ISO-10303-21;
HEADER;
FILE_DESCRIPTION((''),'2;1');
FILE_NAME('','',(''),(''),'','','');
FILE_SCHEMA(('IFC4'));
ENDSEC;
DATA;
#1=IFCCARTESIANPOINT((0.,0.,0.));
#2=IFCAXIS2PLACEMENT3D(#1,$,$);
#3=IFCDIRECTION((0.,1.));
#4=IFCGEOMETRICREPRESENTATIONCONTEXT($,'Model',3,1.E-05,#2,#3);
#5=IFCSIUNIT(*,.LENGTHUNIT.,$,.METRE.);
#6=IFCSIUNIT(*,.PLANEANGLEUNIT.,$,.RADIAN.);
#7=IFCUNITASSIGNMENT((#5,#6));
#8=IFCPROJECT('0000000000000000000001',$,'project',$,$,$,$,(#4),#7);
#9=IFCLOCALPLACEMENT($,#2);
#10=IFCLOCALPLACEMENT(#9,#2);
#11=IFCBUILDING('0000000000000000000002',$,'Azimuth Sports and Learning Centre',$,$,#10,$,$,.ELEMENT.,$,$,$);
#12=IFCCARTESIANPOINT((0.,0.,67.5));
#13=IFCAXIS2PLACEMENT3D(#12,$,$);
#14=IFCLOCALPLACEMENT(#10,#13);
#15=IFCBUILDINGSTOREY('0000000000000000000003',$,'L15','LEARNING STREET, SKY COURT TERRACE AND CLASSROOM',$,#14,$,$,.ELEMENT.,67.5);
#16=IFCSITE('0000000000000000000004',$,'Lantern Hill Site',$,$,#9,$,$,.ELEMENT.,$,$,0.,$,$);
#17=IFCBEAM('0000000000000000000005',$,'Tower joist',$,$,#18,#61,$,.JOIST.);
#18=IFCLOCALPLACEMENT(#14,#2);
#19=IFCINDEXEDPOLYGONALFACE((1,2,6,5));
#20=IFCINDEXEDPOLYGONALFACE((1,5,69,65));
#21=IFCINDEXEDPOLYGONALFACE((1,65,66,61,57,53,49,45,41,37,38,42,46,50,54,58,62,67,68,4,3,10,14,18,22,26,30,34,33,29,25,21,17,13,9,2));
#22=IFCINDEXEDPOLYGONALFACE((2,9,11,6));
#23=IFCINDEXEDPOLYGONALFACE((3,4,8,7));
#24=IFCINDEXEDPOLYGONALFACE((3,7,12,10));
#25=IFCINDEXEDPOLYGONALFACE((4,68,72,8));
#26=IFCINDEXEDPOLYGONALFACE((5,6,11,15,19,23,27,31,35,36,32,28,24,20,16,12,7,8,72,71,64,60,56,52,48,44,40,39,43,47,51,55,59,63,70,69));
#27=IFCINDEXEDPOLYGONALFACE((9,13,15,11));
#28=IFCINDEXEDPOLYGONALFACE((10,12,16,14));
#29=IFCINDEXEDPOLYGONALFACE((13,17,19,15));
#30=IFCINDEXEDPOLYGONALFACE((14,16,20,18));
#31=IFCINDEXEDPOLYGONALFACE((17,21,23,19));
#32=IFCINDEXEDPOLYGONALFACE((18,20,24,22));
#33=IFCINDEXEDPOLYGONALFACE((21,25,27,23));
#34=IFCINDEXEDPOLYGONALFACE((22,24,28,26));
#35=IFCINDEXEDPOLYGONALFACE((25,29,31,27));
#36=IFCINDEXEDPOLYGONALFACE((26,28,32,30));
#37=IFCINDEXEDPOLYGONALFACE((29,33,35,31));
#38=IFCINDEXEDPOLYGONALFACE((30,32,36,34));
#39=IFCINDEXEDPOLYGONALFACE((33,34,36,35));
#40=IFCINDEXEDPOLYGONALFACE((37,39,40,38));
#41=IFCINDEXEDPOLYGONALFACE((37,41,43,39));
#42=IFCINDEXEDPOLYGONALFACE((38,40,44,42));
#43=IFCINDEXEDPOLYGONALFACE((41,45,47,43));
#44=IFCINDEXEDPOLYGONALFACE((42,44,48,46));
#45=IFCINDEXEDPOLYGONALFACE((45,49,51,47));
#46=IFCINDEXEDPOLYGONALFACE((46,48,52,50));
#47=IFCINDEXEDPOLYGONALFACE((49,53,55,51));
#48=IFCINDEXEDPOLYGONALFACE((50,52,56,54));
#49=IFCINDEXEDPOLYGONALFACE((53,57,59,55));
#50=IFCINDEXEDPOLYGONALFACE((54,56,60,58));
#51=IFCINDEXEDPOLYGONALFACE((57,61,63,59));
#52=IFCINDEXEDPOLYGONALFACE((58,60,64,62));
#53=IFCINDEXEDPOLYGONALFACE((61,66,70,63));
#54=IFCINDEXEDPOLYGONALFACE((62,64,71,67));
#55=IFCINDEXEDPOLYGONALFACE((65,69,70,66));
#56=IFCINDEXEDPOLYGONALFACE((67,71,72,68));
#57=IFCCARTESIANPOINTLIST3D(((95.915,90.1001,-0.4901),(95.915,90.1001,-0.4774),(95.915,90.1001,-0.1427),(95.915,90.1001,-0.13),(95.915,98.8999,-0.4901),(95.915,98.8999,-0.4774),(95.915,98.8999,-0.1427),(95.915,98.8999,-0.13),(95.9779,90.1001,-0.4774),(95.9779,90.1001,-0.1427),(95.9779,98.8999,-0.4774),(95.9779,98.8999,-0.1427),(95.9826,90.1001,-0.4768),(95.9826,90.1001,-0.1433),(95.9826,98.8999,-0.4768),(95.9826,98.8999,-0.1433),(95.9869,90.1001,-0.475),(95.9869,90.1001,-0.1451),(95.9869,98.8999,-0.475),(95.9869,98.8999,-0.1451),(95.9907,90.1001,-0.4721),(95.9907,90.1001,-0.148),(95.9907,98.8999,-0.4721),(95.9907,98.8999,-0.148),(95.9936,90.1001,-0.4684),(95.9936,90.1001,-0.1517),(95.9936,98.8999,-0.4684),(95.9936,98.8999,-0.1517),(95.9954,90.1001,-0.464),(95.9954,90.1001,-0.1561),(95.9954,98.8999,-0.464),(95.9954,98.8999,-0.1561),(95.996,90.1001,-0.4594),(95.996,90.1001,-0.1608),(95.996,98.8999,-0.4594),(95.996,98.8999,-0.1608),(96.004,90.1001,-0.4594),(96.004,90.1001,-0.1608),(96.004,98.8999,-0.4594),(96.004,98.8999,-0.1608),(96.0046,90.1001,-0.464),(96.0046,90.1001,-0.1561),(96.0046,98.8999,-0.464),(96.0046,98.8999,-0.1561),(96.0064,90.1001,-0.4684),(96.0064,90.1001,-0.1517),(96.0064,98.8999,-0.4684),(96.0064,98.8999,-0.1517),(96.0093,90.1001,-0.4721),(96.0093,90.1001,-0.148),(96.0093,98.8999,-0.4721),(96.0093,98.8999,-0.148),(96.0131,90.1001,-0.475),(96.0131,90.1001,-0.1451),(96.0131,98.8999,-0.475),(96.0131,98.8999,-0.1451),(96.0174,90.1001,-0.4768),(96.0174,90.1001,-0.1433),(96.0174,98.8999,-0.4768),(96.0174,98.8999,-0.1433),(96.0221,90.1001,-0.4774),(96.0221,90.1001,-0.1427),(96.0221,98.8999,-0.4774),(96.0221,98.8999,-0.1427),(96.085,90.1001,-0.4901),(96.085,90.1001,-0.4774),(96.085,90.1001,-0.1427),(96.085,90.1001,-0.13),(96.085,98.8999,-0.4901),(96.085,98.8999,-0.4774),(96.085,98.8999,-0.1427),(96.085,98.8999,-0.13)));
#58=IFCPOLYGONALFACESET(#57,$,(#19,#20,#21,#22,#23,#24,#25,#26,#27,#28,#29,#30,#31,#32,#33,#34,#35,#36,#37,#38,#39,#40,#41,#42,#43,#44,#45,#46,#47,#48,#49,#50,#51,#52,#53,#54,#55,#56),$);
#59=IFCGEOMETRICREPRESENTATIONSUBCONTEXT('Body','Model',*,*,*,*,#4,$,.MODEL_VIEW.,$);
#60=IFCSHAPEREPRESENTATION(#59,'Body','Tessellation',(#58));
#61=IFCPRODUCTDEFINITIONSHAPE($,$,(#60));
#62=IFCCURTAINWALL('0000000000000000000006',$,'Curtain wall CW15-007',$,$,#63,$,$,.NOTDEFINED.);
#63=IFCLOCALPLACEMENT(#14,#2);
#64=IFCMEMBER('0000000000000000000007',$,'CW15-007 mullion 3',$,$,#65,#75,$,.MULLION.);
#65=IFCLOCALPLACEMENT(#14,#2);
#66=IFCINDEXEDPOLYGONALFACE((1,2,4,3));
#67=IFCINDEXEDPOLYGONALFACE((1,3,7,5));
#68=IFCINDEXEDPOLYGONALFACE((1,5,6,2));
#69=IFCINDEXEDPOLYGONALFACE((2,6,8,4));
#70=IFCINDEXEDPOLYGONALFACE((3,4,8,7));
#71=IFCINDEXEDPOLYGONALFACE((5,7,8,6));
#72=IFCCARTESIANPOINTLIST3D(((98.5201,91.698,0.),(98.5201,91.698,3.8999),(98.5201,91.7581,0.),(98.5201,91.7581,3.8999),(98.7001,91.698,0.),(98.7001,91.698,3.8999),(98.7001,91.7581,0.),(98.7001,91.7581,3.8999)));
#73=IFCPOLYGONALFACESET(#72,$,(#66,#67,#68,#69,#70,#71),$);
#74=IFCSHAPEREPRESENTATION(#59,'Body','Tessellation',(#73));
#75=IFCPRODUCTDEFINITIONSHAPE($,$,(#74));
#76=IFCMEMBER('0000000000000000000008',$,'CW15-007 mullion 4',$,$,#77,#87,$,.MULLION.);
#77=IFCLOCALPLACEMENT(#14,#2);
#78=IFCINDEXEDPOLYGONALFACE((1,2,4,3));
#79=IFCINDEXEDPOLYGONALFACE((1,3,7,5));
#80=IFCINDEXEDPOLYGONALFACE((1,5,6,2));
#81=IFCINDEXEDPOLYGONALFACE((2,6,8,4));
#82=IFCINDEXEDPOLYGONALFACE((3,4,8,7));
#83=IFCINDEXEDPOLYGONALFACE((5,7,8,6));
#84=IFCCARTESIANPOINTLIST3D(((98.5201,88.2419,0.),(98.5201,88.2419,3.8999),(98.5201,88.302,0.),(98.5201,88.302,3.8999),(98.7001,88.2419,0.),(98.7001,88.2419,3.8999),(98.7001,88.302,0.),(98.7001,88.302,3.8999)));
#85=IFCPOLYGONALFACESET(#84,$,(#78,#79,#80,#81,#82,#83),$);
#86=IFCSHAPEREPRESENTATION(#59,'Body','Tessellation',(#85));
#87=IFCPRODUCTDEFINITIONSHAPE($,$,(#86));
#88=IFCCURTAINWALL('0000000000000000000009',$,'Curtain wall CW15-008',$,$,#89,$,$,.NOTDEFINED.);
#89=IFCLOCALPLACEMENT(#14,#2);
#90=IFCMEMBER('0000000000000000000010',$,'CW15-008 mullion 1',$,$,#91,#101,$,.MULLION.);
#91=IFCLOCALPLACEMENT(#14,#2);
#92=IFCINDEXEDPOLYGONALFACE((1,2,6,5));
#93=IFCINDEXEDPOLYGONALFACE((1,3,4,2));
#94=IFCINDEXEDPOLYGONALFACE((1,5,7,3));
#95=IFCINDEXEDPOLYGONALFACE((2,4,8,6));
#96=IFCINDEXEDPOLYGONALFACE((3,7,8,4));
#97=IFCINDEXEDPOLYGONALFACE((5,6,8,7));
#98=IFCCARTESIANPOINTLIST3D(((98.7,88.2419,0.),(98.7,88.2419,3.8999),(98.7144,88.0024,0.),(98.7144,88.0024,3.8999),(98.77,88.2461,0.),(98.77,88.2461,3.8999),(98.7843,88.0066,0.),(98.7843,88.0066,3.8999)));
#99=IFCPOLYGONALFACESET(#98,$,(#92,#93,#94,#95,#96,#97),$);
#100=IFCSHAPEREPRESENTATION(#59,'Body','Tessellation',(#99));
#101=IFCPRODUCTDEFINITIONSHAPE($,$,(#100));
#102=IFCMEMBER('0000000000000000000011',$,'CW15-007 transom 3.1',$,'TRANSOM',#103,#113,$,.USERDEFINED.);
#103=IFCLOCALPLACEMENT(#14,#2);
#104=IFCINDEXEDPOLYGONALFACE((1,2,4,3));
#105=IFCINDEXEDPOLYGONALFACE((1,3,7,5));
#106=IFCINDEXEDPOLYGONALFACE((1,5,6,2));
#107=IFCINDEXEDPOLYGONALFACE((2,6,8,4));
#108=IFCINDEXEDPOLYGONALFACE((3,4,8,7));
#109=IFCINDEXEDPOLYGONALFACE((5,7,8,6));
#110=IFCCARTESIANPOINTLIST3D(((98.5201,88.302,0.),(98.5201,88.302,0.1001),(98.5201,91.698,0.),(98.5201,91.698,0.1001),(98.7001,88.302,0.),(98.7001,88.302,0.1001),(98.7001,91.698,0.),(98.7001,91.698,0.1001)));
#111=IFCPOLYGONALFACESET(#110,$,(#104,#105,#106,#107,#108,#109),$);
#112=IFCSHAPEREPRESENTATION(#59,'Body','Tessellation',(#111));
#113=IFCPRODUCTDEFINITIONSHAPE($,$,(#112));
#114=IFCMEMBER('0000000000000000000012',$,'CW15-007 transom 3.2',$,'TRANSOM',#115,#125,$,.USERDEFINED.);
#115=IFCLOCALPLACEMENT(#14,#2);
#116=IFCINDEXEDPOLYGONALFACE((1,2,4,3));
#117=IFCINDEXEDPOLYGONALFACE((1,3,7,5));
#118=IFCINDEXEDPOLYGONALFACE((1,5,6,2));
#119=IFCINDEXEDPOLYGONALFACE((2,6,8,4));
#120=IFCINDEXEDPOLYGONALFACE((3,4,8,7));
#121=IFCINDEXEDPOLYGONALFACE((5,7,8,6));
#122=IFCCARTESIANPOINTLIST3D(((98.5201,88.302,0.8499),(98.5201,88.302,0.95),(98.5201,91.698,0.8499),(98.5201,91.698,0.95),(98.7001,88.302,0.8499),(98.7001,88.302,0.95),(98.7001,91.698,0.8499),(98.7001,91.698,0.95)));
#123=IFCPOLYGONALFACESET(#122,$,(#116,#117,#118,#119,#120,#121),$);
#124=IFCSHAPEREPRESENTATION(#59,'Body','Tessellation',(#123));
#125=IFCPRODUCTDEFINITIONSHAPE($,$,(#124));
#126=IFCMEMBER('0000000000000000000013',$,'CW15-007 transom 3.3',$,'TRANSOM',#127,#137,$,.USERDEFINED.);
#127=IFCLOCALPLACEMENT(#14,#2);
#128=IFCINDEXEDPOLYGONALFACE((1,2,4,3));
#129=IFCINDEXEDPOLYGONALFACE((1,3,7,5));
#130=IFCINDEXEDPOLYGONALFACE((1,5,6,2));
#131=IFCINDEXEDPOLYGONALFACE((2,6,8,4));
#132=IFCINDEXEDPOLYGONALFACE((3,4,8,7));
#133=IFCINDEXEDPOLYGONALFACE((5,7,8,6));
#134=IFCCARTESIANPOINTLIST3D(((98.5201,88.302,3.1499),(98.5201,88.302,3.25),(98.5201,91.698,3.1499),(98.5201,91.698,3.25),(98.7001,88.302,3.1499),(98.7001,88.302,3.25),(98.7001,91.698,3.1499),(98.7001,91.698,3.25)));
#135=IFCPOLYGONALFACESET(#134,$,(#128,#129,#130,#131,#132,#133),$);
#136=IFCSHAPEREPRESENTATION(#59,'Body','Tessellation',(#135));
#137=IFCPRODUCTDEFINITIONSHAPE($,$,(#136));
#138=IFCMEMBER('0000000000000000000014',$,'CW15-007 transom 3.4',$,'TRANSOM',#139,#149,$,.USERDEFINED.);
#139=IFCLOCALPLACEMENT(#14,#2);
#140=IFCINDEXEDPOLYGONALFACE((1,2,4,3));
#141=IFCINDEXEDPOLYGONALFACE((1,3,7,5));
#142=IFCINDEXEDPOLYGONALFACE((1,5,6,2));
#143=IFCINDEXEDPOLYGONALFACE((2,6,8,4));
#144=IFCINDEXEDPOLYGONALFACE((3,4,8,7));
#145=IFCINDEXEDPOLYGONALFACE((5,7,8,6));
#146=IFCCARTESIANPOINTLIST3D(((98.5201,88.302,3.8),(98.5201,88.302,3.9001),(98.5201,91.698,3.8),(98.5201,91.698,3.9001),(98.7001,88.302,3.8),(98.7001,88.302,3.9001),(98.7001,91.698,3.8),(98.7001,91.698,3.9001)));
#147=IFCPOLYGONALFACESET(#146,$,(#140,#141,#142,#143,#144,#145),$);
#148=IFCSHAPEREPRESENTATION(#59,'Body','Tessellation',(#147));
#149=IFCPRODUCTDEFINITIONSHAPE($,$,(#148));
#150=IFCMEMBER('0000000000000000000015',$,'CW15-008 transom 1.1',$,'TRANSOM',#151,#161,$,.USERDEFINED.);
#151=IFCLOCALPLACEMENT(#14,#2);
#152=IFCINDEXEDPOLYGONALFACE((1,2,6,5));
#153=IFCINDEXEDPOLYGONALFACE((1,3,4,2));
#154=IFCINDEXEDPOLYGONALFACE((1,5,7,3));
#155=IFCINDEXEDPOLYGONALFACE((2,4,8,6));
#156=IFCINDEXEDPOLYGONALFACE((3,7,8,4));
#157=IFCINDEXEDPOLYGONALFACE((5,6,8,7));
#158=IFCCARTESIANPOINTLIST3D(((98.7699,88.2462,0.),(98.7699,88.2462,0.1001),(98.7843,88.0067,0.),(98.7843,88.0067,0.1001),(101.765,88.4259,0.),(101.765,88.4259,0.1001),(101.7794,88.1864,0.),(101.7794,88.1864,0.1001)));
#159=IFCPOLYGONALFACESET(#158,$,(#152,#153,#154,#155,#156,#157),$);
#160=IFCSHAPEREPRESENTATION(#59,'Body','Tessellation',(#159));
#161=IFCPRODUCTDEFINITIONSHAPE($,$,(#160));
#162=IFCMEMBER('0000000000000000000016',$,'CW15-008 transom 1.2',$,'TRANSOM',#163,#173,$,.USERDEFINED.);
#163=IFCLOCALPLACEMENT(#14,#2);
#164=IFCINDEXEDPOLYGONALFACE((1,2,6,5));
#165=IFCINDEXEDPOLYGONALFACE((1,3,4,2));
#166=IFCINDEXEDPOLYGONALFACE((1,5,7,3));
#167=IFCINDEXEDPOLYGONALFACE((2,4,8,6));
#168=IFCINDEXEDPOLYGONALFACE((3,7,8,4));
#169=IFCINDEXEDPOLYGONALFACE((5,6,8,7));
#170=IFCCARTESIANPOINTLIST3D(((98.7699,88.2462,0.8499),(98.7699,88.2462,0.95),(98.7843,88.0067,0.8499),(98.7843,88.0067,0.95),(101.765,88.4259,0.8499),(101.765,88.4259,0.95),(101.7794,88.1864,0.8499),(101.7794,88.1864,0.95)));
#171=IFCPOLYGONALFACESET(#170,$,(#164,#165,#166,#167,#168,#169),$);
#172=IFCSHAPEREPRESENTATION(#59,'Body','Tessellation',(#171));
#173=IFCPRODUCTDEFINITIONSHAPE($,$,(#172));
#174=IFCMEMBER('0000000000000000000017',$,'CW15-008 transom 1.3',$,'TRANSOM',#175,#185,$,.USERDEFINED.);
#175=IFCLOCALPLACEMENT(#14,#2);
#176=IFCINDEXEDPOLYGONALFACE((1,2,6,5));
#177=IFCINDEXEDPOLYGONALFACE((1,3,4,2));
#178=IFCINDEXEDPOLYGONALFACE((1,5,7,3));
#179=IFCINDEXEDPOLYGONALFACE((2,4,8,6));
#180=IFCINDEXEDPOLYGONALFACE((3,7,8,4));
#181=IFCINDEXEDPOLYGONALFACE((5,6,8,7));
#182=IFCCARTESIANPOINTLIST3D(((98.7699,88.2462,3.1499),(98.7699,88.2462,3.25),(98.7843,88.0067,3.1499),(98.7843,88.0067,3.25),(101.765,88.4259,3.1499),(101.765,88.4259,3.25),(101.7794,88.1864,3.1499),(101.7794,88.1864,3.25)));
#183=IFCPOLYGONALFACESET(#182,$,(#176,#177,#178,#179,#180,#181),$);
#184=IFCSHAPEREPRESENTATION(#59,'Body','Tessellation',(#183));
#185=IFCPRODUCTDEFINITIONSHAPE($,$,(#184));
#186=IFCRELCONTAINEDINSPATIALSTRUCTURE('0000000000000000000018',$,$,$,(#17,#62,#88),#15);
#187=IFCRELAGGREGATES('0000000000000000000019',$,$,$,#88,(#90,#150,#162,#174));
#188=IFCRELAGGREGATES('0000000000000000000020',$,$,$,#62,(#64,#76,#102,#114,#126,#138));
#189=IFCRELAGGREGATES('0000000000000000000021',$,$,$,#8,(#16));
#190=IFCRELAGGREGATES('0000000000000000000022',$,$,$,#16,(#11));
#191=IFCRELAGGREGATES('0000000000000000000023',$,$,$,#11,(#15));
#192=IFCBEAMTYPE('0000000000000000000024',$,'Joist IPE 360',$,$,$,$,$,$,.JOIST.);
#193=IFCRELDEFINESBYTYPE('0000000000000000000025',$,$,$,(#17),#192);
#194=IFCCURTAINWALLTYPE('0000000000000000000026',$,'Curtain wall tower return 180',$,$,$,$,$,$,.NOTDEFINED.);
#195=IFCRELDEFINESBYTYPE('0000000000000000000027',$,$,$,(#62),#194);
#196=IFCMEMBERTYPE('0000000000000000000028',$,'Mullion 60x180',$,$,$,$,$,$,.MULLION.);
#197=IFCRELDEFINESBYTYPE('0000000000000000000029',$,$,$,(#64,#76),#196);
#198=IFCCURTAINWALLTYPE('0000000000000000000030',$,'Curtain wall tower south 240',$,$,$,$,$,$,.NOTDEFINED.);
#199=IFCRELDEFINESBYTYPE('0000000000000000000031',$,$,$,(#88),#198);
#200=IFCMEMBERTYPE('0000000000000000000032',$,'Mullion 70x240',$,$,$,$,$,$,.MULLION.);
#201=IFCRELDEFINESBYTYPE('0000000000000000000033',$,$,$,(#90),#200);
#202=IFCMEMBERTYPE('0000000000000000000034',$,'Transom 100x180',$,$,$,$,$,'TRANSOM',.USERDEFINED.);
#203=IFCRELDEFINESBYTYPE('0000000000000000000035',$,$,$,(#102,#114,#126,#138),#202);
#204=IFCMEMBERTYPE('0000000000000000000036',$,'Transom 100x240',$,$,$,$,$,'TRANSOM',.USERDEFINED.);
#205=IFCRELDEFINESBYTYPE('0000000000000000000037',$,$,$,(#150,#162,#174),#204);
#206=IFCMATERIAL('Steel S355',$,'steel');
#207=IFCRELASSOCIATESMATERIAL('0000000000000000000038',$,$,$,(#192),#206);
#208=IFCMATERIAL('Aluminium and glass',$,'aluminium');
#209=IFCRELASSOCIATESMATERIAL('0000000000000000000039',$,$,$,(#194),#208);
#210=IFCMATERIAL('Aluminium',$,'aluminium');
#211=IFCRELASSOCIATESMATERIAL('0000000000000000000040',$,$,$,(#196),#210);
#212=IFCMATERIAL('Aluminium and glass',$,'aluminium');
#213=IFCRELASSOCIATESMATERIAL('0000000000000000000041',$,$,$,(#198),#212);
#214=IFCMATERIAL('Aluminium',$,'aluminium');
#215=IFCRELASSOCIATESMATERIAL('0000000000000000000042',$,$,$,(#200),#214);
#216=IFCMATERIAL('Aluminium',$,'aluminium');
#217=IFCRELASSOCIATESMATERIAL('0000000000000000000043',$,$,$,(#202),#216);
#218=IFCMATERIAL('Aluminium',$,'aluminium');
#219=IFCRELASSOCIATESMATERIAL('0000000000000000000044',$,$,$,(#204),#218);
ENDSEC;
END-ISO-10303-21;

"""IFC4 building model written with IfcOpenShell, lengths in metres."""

from ifc_helpers import new_model, si_unit, direction, frame, origin, origin_2d, place, context, subcontext, project, spatial, rectangle, i_section, extrude, material, material_profile, profile_set, type_object, element, aggregate, save


model = new_model("IFC4")

# Units and contexts
model_context = context("Model", 3, precision=1e-05, world=origin(), true_north=direction((0.0, 1.0)))
body_context = subcontext(model_context, "Body", "Model", "MODEL_VIEW")
ifc_project = project(units=[si_unit("LENGTHUNIT", "METRE"), si_unit("PLANEANGLEUNIT", "RADIAN")], contexts=[model_context])

# Site, building, storey
site_placement = place(None, origin())
site = spatial("IfcSite", under=ifc_project, at=site_placement, Name="Lantern Hill Site", CompositionType="ELEMENT", RefElevation=0.0)
building_placement = place(site_placement, origin())
building = spatial("IfcBuilding", under=site, at=building_placement, Name="Azimuth Sports and Learning Centre", CompositionType="ELEMENT")
storey_placement = place(building_placement, frame((0.0, 0.0, 67.5)))
storey = spatial("IfcBuildingStorey", under=building, at=storey_placement, Name="L15", Description="LEARNING STREET, SKY COURT TERRACE AND CLASSROOM", CompositionType="ELEMENT", Elevation=67.5)

# Beam
ifc_material_1 = material(Name="Steel S355", Category="steel")
ifc_material_profile_1 = material_profile(ifc_material_1, i_section(OverallWidth=0.1699, OverallDepth=0.3601, WebThickness=0.0081, FlangeThickness=0.0127, FilletRadius=0.0181, at=origin_2d()), Name="IPE 360")
ifc_profile_set_1 = profile_set([ifc_material_profile_1], Name="Steel S355")
beam_type_1 = type_object("IfcBeamType", Name="Joist IPE 360", PredefinedType="JOIST", material=ifc_profile_set_1)
for number, where, z_axis, x_axis, name in (
    (1, (96.0, 90.1001, -0.3101), (0.0, 1.0, 0.0), (-1.0, 0.0, 0.0), "Tower joist"),
):
    element("IfcBeam", number, at=place(storey_placement, frame(where, z_axis=z_axis, x_axis=x_axis)), inside=storey, type_object=beam_type_1, Name=name, PredefinedType="JOIST", context=body_context, shape_type="SweptSolid", body=[
        extrude(i_section(OverallWidth=0.1699, OverallDepth=0.3601, WebThickness=0.0081, FlangeThickness=0.0127, FilletRadius=0.0181, at=origin_2d()), origin(), (0.0, 0.0, 1.0), 8.7998),
    ])

# Curtain wall, members
ifc_material_2 = material(Name="Aluminium and glass", Category="aluminium")
curtain_wall_type_1 = type_object("IfcCurtainWallType", Name="Curtain wall tower return 180", PredefinedType="NOTDEFINED", material=ifc_material_2)
curtain_wall_1_placement = place(storey_placement, origin())
curtain_wall_1 = element("IfcCurtainWall", 2, at=curtain_wall_1_placement, inside=storey, type_object=curtain_wall_type_1, Name="Curtain wall CW15-007", PredefinedType="NOTDEFINED")
ifc_material_3 = material(Name="Aluminium", Category="aluminium")
ifc_material_profile_2 = material_profile(ifc_material_3, rectangle(XDim=0.1799, YDim=0.0601, at=origin_2d()), Name="Mullion 60x180")
ifc_profile_set_2 = profile_set([ifc_material_profile_2], Name="Aluminium")
member_type_1 = type_object("IfcMemberType", Name="Mullion 60x180", PredefinedType="MULLION", material=ifc_profile_set_2)
member_1_placement = place(storey_placement, frame((98.6101, 91.728, 0.0), z_axis=(0.0, 0.0, 1.0), x_axis=(1.0, 0.0, 0.0)))
member_1 = element("IfcMember", 3, at=member_1_placement, type_object=member_type_1, Name="CW15-007 mullion 3", PredefinedType="MULLION", context=body_context, shape_type="SweptSolid", body=[
    extrude(rectangle(XDim=0.1799, YDim=0.0601, at=origin_2d()), origin(), (0.0, 0.0, 1.0), 3.8999),
])
member_2_placement = place(storey_placement, frame((98.6101, 88.272, 0.0), z_axis=(0.0, 0.0, 1.0), x_axis=(1.0, 0.0, 0.0)))
member_2 = element("IfcMember", 4, at=member_2_placement, type_object=member_type_1, Name="CW15-007 mullion 4", PredefinedType="MULLION", context=body_context, shape_type="SweptSolid", body=[
    extrude(rectangle(XDim=0.1799, YDim=0.0601, at=origin_2d()), origin(), (0.0, 0.0, 1.0), 3.8999),
])

# Curtain wall, member
ifc_material_4 = material(Name="Aluminium and glass", Category="aluminium")
curtain_wall_type_2 = type_object("IfcCurtainWallType", Name="Curtain wall tower south 240", PredefinedType="NOTDEFINED", material=ifc_material_4)
curtain_wall_2_placement = place(storey_placement, origin())
curtain_wall_2 = element("IfcCurtainWall", 5, at=curtain_wall_2_placement, inside=storey, type_object=curtain_wall_type_2, Name="Curtain wall CW15-008", PredefinedType="NOTDEFINED")
ifc_material_5 = material(Name="Aluminium", Category="aluminium")
ifc_material_profile_3 = material_profile(ifc_material_5, rectangle(XDim=0.24, YDim=0.0701, at=origin_2d()), Name="Mullion 70x240")
ifc_profile_set_3 = profile_set([ifc_material_profile_3], Name="Aluminium")
member_type_2 = type_object("IfcMemberType", Name="Mullion 70x240", PredefinedType="MULLION", material=ifc_profile_set_3)
member_3_placement = place(storey_placement, frame((98.7422, 88.1243, 0.0), z_axis=(0.0, 0.0, 1.0), x_axis=(-0.059892, 0.998205, 0.0)))
member_3 = element("IfcMember", 6, at=member_3_placement, type_object=member_type_2, Name="CW15-008 mullion 1", PredefinedType="MULLION", context=body_context, shape_type="SweptSolid", body=[
    extrude(rectangle(XDim=0.24, YDim=0.0701, at=origin_2d()), origin(), (0.0, 0.0, 1.0), 3.8999),
])

# Members
ifc_material_6 = material(Name="Aluminium", Category="aluminium")
ifc_material_profile_4 = material_profile(ifc_material_6, rectangle(XDim=0.1799, YDim=0.1001, at=origin_2d()), Name="Transom 100x180")
ifc_profile_set_4 = profile_set([ifc_material_profile_4], Name="Aluminium")
member_type_3 = type_object("IfcMemberType", Name="Transom 100x180", ElementType="TRANSOM", PredefinedType="USERDEFINED", material=ifc_profile_set_4)
member_4_placement = place(storey_placement, frame((98.6101, 91.698, 0.05), z_axis=(0.0, -1.0, 0.0), x_axis=(1.0, 0.0, 0.0)))
member_4 = element("IfcMember", 7, at=member_4_placement, type_object=member_type_3, Name="CW15-007 transom 3.1", ObjectType="TRANSOM", PredefinedType="USERDEFINED", context=body_context, shape_type="SweptSolid", body=[
    extrude(rectangle(XDim=0.1799, YDim=0.1001, at=origin_2d()), origin(), (0.0, 0.0, 1.0), 3.396),
])
member_5_placement = place(storey_placement, frame((98.6101, 91.698, 0.8999), z_axis=(0.0, -1.0, 0.0), x_axis=(1.0, 0.0, 0.0)))
member_5 = element("IfcMember", 8, at=member_5_placement, type_object=member_type_3, Name="CW15-007 transom 3.2", ObjectType="TRANSOM", PredefinedType="USERDEFINED", context=body_context, shape_type="SweptSolid", body=[
    extrude(rectangle(XDim=0.1799, YDim=0.1001, at=origin_2d()), origin(), (0.0, 0.0, 1.0), 3.396),
])
member_6_placement = place(storey_placement, frame((98.6101, 91.698, 3.2), z_axis=(0.0, -1.0, 0.0), x_axis=(1.0, 0.0, 0.0)))
member_6 = element("IfcMember", 9, at=member_6_placement, type_object=member_type_3, Name="CW15-007 transom 3.3", ObjectType="TRANSOM", PredefinedType="USERDEFINED", context=body_context, shape_type="SweptSolid", body=[
    extrude(rectangle(XDim=0.1799, YDim=0.1001, at=origin_2d()), origin(), (0.0, 0.0, 1.0), 3.396),
])
member_7_placement = place(storey_placement, frame((98.6101, 91.698, 3.8501), z_axis=(0.0, -1.0, 0.0), x_axis=(1.0, 0.0, 0.0)))
member_7 = element("IfcMember", 10, at=member_7_placement, type_object=member_type_3, Name="CW15-007 transom 3.4", ObjectType="TRANSOM", PredefinedType="USERDEFINED", context=body_context, shape_type="SweptSolid", body=[
    extrude(rectangle(XDim=0.1799, YDim=0.1001, at=origin_2d()), origin(), (0.0, 0.0, 1.0), 3.396),
])
ifc_material_7 = material(Name="Aluminium", Category="aluminium")
ifc_material_profile_5 = material_profile(ifc_material_7, rectangle(XDim=0.24, YDim=0.1001, at=origin_2d()), Name="Transom 100x240")
ifc_profile_set_5 = profile_set([ifc_material_profile_5], Name="Aluminium")
member_type_4 = type_object("IfcMemberType", Name="Transom 100x240", ElementType="TRANSOM", PredefinedType="USERDEFINED", material=ifc_profile_set_5)
member_8_placement = place(storey_placement, frame((98.7771, 88.1265, 0.05), z_axis=(0.998205, 0.059886, 0.0), x_axis=(-0.059886, 0.998205, 0.0)))
member_8 = element("IfcMember", 11, at=member_8_placement, type_object=member_type_4, Name="CW15-008 transom 1.1", ObjectType="TRANSOM", PredefinedType="USERDEFINED", context=body_context, shape_type="SweptSolid", body=[
    extrude(rectangle(XDim=0.24, YDim=0.1001, at=origin_2d()), origin(), (0.0, 0.0, 1.0), 3.0005),
])
member_9_placement = place(storey_placement, frame((98.7771, 88.1265, 0.8999), z_axis=(0.998205, 0.059886, 0.0), x_axis=(-0.059886, 0.998205, 0.0)))
member_9 = element("IfcMember", 12, at=member_9_placement, type_object=member_type_4, Name="CW15-008 transom 1.2", ObjectType="TRANSOM", PredefinedType="USERDEFINED", context=body_context, shape_type="SweptSolid", body=[
    extrude(rectangle(XDim=0.24, YDim=0.1001, at=origin_2d()), origin(), (0.0, 0.0, 1.0), 3.0005),
])
member_10_placement = place(storey_placement, frame((98.7771, 88.1265, 3.2), z_axis=(0.998205, 0.059886, 0.0), x_axis=(-0.059886, 0.998205, 0.0)))
member_10 = element("IfcMember", 13, at=member_10_placement, type_object=member_type_4, Name="CW15-008 transom 1.3", ObjectType="TRANSOM", PredefinedType="USERDEFINED", context=body_context, shape_type="SweptSolid", body=[
    extrude(rectangle(XDim=0.24, YDim=0.1001, at=origin_2d()), origin(), (0.0, 0.0, 1.0), 3.0005),
])
aggregate(curtain_wall_2, [member_3, member_8, member_9, member_10])

aggregate(curtain_wall_1, [member_1, member_2, member_4, member_5, member_6, member_7])

save(model, "model.ifc")
